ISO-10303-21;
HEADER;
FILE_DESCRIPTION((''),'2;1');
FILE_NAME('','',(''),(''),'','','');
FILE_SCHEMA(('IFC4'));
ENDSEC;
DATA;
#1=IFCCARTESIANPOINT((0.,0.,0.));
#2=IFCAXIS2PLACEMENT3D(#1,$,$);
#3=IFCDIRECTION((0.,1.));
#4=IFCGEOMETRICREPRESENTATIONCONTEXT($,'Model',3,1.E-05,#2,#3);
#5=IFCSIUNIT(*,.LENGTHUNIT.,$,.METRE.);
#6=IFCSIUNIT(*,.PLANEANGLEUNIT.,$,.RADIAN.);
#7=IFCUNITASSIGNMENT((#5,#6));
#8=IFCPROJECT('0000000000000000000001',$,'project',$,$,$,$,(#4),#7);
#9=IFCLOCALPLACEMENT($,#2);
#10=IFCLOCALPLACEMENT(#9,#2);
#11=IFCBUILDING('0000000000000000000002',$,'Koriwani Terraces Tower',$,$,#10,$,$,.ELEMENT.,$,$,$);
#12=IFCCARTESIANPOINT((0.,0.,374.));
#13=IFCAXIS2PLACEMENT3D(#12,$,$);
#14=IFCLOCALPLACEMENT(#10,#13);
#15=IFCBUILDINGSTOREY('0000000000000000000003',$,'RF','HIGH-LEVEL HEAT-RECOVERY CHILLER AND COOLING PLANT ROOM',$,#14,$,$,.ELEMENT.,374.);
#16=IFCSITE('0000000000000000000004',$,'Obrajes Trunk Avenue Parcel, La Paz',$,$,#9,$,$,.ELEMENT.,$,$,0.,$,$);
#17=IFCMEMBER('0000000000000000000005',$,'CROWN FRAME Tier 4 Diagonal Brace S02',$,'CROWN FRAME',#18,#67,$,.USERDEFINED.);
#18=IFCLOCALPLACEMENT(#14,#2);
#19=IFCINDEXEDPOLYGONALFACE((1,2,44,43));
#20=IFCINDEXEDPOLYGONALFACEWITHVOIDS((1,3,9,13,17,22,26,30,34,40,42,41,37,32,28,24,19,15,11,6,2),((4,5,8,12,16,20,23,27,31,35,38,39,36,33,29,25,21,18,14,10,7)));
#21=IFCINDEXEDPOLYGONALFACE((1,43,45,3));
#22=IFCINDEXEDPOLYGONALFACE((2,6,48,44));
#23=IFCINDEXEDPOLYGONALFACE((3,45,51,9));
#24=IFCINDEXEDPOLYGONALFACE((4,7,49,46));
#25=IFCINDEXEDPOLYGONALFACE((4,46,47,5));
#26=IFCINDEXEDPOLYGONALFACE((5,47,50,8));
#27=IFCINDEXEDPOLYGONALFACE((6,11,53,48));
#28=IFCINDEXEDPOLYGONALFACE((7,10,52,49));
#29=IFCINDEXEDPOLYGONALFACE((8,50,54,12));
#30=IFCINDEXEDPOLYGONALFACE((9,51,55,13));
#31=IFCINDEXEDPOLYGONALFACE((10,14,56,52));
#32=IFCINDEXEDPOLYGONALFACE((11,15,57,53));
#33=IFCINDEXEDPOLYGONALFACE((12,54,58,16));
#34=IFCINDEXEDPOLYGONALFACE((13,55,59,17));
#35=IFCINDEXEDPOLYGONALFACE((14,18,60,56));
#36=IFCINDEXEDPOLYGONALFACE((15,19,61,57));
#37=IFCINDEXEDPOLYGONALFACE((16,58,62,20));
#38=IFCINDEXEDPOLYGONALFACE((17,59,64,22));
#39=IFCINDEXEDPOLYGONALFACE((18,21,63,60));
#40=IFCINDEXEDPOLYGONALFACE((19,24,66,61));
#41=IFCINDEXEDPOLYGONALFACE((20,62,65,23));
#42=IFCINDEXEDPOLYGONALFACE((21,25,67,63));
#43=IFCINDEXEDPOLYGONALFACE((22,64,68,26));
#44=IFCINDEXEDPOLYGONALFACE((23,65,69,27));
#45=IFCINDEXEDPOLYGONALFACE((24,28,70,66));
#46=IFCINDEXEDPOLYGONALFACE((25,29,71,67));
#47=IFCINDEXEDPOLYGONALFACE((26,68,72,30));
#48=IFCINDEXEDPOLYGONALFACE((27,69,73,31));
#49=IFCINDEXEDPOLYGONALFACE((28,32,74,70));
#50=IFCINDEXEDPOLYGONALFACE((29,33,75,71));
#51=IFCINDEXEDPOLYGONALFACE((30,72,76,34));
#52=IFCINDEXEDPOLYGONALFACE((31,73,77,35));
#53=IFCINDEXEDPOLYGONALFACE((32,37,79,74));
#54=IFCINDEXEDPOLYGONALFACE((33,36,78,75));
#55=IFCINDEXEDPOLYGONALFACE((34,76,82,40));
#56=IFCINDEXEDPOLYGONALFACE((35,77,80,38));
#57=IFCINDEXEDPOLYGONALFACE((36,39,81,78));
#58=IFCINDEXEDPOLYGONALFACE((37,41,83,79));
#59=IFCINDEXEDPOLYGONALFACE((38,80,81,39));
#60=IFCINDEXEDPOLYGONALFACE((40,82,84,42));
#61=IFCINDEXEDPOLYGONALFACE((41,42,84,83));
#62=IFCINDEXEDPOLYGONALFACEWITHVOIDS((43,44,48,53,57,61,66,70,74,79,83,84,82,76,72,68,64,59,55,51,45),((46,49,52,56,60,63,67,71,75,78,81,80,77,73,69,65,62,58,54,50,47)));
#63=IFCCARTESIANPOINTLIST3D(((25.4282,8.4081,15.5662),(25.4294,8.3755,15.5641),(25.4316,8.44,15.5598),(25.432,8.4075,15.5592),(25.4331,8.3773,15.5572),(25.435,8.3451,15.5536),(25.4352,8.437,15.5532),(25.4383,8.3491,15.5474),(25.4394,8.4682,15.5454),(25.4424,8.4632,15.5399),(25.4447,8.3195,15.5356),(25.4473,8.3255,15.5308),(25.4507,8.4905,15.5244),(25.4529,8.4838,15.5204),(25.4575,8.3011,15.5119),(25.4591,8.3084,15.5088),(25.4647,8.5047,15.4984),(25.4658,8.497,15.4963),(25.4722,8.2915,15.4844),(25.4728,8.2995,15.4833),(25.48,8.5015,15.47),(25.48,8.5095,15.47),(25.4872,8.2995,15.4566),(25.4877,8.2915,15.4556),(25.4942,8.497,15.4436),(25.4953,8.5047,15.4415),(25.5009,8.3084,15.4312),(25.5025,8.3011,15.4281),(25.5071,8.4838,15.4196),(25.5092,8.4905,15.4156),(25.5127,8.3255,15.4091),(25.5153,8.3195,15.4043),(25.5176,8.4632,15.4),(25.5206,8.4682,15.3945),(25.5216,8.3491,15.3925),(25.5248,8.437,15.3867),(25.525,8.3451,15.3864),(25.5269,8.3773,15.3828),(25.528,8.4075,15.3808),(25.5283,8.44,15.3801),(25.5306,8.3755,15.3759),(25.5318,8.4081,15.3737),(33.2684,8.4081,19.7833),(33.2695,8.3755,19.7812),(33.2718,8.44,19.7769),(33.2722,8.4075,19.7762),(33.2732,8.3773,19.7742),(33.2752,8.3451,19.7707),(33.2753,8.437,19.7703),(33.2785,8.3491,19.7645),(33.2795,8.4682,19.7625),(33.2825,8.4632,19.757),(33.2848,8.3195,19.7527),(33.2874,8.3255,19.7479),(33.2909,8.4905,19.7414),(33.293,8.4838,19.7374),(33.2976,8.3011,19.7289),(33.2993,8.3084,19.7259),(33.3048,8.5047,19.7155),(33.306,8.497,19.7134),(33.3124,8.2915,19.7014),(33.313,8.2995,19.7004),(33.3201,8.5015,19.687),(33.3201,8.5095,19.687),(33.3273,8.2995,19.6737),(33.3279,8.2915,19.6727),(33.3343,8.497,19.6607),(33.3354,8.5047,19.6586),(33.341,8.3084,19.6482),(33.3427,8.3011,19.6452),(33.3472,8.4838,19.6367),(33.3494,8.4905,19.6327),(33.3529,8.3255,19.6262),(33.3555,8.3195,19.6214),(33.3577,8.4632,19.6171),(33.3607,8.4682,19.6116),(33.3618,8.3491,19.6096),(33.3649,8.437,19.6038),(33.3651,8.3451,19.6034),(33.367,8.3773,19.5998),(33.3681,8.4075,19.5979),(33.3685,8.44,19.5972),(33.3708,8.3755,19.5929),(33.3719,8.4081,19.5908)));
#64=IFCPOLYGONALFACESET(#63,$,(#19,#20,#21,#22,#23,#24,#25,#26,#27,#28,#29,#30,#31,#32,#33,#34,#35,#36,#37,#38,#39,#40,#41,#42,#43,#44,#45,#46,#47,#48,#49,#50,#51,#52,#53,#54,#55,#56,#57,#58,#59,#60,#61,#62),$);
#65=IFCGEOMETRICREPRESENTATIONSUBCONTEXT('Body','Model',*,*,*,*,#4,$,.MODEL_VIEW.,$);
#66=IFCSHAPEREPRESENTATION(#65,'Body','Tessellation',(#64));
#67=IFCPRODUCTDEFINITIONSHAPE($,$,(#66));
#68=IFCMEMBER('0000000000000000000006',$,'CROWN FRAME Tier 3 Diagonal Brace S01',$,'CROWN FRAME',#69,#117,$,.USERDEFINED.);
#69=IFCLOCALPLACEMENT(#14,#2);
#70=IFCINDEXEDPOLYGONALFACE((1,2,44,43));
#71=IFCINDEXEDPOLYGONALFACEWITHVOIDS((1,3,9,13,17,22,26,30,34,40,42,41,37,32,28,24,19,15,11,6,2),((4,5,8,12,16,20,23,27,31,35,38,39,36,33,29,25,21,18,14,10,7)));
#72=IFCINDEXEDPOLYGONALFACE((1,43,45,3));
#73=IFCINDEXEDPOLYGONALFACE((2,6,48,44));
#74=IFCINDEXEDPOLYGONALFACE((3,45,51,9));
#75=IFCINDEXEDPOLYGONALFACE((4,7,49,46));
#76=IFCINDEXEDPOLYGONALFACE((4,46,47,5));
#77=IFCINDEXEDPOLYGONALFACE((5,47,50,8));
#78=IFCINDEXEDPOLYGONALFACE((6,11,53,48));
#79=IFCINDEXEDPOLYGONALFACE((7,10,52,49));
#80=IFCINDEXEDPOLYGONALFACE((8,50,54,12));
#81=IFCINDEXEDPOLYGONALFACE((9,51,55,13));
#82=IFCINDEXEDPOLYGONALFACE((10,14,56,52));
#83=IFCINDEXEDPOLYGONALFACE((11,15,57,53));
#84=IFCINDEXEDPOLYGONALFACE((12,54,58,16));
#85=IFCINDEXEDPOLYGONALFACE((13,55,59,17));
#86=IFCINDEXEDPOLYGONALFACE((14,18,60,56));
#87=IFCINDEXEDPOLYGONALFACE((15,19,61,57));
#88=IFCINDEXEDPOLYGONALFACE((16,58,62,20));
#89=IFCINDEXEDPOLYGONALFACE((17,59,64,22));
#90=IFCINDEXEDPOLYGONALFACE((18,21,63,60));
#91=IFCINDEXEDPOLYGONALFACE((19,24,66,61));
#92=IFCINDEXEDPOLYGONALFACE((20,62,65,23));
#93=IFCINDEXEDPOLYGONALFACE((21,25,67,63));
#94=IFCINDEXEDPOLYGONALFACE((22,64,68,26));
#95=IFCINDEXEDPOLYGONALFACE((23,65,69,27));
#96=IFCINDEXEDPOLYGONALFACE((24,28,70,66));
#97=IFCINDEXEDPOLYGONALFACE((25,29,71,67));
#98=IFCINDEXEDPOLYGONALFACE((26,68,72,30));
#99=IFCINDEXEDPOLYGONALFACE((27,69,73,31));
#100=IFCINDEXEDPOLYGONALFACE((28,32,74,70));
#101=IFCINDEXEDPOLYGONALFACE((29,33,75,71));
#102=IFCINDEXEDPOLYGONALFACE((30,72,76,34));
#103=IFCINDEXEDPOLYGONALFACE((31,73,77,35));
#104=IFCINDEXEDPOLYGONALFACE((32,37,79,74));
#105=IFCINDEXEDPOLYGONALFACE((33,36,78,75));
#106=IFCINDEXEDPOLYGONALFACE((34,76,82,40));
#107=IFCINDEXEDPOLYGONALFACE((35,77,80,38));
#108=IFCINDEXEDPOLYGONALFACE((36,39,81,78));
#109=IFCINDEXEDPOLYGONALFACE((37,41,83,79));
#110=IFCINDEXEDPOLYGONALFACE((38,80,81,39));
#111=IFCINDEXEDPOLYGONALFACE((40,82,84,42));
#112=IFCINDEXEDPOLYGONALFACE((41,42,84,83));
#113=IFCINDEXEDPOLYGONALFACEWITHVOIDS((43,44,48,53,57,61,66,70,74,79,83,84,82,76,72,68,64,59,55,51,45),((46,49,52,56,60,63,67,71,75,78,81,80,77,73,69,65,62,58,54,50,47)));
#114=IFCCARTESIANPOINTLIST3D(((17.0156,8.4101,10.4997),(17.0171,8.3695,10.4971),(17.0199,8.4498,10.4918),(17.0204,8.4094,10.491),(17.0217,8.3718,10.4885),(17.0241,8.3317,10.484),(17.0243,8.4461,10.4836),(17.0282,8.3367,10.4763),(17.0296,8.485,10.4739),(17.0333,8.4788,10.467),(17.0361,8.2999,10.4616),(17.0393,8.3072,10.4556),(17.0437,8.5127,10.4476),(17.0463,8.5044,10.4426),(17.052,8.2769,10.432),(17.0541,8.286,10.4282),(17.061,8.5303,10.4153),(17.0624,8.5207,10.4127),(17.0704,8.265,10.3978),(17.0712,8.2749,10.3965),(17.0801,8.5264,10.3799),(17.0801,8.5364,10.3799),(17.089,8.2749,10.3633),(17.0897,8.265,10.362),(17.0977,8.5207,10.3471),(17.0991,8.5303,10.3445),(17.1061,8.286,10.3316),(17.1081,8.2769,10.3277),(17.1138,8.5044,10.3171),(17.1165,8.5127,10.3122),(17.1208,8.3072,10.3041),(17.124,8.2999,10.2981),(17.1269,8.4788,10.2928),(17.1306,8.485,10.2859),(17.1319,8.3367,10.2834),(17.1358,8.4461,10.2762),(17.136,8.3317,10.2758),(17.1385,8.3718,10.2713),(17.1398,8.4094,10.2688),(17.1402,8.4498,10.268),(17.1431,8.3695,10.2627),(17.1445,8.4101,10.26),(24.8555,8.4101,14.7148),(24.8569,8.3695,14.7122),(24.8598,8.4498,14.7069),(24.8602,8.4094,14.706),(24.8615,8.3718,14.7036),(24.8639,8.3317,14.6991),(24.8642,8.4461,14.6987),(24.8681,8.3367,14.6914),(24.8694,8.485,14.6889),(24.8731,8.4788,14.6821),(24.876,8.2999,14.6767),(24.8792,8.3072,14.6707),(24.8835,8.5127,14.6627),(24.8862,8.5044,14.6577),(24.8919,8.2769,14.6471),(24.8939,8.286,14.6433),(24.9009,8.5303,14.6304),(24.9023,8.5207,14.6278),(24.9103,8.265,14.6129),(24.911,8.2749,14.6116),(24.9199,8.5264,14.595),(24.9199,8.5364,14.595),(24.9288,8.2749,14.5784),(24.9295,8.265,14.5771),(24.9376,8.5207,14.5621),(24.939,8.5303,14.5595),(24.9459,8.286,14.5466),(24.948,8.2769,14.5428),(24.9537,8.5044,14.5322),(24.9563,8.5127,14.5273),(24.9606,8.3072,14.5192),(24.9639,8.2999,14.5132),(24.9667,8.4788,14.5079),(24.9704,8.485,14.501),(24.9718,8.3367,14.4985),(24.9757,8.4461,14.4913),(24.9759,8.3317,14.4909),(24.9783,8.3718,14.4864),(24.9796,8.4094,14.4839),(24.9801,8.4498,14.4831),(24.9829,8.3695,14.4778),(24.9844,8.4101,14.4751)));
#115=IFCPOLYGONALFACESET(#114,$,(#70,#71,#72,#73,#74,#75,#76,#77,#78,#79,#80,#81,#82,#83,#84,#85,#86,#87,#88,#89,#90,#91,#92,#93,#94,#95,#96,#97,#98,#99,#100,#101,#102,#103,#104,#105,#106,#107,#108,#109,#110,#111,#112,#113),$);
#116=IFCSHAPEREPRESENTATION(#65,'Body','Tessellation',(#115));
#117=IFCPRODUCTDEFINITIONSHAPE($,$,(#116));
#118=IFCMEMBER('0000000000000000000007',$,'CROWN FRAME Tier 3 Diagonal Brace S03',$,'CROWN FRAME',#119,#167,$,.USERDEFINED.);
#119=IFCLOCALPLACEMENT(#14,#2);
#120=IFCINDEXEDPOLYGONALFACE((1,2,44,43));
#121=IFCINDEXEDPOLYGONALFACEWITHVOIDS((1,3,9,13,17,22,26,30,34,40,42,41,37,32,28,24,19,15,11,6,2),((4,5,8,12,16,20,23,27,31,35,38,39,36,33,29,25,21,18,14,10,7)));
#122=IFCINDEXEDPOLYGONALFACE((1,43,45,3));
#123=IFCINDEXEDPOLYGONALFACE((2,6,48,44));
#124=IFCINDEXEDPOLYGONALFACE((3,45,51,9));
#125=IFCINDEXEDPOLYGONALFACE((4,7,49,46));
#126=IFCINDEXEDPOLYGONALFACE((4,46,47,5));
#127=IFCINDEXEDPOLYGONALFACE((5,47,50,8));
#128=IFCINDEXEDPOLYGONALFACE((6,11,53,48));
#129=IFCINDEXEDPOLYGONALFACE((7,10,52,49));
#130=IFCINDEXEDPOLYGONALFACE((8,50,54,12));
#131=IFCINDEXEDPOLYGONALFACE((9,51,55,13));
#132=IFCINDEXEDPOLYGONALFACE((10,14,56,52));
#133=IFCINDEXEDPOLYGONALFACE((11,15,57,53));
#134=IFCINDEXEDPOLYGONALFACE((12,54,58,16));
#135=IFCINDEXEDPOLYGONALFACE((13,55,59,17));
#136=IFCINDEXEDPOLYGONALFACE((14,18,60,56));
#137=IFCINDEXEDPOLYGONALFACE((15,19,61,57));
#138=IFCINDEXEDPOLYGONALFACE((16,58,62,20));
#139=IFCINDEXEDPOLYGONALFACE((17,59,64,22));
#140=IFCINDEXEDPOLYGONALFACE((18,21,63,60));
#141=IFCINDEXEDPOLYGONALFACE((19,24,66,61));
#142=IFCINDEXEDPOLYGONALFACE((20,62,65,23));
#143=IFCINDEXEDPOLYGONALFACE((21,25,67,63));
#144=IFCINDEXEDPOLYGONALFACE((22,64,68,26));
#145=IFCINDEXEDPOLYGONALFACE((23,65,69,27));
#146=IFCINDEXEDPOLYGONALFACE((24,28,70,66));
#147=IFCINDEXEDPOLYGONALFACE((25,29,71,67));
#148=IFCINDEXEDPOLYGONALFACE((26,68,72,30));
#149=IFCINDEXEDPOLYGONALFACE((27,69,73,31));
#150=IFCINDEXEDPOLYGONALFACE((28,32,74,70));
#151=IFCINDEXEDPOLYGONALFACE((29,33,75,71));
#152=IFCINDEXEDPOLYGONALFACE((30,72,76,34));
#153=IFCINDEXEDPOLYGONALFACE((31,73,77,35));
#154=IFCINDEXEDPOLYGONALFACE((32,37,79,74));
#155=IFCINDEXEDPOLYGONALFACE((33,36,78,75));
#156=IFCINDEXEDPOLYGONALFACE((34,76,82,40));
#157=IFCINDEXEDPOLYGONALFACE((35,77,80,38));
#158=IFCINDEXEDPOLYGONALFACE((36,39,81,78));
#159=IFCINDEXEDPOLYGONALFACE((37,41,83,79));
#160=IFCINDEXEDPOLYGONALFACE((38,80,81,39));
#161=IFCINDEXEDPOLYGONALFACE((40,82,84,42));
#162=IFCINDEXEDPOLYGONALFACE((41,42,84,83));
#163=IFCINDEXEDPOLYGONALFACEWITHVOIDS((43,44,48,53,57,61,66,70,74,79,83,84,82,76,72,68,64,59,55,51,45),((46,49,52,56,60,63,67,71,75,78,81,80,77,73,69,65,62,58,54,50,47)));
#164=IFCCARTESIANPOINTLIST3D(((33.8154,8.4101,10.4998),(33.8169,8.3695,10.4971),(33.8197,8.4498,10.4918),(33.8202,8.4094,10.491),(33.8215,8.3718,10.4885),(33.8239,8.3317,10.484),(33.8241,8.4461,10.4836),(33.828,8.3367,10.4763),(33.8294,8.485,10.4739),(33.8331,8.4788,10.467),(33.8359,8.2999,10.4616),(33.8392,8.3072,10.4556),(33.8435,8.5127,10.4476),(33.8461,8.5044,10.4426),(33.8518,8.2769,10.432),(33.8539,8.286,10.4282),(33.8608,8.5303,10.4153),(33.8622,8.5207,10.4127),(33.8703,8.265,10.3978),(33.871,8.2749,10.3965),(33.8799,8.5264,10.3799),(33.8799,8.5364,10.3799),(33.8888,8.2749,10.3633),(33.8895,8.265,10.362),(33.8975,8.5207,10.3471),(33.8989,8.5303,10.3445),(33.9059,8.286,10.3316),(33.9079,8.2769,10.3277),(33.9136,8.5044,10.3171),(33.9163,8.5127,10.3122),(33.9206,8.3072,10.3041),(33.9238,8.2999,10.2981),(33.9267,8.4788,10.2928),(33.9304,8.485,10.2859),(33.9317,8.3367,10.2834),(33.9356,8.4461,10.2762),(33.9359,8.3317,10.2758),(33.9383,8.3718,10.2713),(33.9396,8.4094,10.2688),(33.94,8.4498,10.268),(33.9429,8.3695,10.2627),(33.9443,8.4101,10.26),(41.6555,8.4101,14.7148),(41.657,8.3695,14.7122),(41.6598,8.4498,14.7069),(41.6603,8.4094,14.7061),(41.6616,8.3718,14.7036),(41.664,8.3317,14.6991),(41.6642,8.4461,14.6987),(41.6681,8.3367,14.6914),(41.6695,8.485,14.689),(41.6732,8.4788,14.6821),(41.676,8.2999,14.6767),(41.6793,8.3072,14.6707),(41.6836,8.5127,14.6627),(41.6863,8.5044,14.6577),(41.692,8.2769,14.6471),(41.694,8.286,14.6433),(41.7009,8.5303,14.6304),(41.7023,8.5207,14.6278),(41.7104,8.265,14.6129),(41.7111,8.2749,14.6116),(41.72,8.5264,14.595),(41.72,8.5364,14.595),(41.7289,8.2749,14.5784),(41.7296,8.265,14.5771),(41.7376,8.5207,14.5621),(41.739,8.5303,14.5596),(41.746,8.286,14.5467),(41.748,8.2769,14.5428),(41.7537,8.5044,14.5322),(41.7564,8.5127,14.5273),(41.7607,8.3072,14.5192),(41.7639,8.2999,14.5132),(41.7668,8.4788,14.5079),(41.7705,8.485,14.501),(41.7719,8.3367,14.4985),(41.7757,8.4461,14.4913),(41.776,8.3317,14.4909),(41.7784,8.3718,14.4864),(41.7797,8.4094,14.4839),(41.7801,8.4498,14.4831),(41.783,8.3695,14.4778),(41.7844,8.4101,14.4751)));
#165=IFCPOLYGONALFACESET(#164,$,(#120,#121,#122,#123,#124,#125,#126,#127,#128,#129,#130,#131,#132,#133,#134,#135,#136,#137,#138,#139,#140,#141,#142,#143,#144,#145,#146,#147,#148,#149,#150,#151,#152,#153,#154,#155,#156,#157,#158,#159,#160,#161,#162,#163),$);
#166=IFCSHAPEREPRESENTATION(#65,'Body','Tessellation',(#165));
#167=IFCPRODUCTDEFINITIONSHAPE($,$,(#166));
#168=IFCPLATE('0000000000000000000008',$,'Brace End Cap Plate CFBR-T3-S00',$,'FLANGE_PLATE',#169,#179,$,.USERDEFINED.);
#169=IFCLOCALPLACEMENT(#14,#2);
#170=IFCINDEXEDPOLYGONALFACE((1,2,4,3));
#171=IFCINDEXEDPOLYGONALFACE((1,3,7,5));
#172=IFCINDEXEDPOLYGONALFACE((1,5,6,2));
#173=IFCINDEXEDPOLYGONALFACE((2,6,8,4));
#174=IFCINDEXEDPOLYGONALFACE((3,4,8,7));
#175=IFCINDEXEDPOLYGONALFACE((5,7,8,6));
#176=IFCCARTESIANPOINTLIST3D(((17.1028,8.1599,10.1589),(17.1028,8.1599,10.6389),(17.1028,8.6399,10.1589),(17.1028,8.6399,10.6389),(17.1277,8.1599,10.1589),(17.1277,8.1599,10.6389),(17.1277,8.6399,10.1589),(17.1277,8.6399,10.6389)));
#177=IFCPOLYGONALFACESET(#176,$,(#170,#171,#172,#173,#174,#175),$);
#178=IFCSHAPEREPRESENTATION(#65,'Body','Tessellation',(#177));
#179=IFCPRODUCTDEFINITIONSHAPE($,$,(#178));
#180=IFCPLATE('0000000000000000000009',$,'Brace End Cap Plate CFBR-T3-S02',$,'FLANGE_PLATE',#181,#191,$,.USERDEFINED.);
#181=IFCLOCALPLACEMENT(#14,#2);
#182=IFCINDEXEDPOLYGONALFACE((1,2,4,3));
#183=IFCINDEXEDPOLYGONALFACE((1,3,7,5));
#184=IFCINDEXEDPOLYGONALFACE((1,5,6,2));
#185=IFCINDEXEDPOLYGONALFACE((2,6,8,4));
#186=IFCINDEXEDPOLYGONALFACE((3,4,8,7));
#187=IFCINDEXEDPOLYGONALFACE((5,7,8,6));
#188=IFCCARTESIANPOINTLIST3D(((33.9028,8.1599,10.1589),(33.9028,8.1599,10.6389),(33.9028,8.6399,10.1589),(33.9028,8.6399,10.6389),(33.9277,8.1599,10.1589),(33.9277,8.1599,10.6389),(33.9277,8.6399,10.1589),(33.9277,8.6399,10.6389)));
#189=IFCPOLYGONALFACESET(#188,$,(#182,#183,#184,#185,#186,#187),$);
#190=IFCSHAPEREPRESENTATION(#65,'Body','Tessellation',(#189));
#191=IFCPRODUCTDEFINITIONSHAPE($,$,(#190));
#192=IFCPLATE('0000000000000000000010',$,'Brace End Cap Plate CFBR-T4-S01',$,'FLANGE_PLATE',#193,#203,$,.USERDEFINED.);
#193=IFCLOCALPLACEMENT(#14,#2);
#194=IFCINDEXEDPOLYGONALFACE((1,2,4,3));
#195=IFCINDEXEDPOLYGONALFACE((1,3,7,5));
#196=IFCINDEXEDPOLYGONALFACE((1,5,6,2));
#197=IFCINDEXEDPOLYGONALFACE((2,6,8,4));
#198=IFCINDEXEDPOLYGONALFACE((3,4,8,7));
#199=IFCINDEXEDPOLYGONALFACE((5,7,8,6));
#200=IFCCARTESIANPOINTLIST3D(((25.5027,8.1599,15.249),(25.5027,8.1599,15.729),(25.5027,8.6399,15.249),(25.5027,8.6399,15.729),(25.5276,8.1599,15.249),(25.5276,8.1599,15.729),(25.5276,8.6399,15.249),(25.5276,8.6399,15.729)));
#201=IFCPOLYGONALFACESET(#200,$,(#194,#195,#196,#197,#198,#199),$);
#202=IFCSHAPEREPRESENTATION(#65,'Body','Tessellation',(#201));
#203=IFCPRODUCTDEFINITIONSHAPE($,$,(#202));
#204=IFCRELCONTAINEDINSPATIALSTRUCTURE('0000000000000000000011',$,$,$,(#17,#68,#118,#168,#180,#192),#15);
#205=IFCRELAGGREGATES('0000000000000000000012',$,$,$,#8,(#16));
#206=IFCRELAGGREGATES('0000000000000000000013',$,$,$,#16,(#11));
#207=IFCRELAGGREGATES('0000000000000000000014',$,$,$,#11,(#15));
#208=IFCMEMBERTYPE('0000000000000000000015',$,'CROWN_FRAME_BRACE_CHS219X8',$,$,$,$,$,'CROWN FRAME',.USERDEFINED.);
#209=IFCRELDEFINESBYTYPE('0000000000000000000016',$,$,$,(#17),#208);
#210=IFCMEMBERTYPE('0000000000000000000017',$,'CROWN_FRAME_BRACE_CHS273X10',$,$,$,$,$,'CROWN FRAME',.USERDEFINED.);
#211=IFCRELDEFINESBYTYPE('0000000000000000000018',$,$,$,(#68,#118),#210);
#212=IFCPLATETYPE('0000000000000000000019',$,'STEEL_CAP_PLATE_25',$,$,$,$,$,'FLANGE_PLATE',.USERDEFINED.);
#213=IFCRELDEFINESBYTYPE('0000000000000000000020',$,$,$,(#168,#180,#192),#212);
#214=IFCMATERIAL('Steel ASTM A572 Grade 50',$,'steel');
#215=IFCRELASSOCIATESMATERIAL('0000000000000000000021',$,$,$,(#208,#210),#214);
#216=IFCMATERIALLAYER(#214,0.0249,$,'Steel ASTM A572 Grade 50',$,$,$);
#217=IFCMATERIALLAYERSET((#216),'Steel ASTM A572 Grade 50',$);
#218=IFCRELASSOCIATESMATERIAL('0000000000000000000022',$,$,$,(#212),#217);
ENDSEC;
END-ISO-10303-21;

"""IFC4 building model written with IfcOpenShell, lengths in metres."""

from ifc_helpers import new_model, si_unit, direction, frame, origin, origin_2d, place, context, subcontext, project, spatial, rectangle, hollow_circle, extrude, material, layer, layer_set, material_profile, profile_set, type_object, element, save


model = new_model("IFC4")

# Units and contexts
model_context = context("Model", 3, precision=1e-05, world=origin(), true_north=direction((0.0, 1.0)))
body_context = subcontext(model_context, "Body", "Model", "MODEL_VIEW")
ifc_project = project(units=[si_unit("LENGTHUNIT", "METRE"), si_unit("PLANEANGLEUNIT", "RADIAN")], contexts=[model_context])

# Site, building, storey
site_placement = place(None, origin())
site = spatial("IfcSite", under=ifc_project, at=site_placement, Name="Obrajes Trunk Avenue Parcel, La Paz", CompositionType="ELEMENT", RefElevation=0.0)
building_placement = place(site_placement, origin())
building = spatial("IfcBuilding", under=site, at=building_placement, Name="Koriwani Terraces Tower", CompositionType="ELEMENT")
storey_placement = place(building_placement, frame((0.0, 0.0, 374.0)))
storey = spatial("IfcBuildingStorey", under=building, at=storey_placement, Name="RF", Description="HIGH-LEVEL HEAT-RECOVERY CHILLER AND COOLING PLANT ROOM", CompositionType="ELEMENT", Elevation=374.0)

# Shared definitions
ifc_material_1 = material(Name="Steel ASTM A572 Grade 50", Category="steel")

# Members
ifc_material_profile_1 = material_profile(ifc_material_1, hollow_circle(Radius=0.1096, WallThickness=0.0081, at=origin_2d()), Name="Steel ASTM A572 Grade 50", Category="LoadBearing")
ifc_profile_set_1 = profile_set([ifc_material_profile_1], Name="Steel ASTM A572 Grade 50")
member_type_1 = type_object("IfcMemberType", Name="CROWN_FRAME_BRACE_CHS219X8", ElementType="CROWN FRAME", PredefinedType="USERDEFINED", material=ifc_profile_set_1)
member_1_placement = place(storey_placement, frame((25.48, 8.3999, 15.47), z_axis=(0.880684, 0.0, 0.473704), x_axis=(0.0, 1.0, 0.0)))
element("IfcMember", 1, at=member_1_placement, inside=storey, type_object=member_type_1, Name="CROWN FRAME Tier 4 Diagonal Brace S02", ObjectType="CROWN FRAME", PredefinedType="USERDEFINED", context=body_context, shape_type="SweptSolid", body=[
    extrude(hollow_circle(Radius=0.1096, WallThickness=0.0081, at=origin_2d()), origin(), (0.0, 0.0, 1.0), 8.9023),
])
ifc_material_profile_2 = material_profile(ifc_material_1, hollow_circle(Radius=0.1365, WallThickness=0.01, at=origin_2d()), Name="Steel ASTM A572 Grade 50", Category="LoadBearing")
ifc_profile_set_2 = profile_set([ifc_material_profile_2], Name="Steel ASTM A572 Grade 50")
member_type_2 = type_object("IfcMemberType", Name="CROWN_FRAME_BRACE_CHS273X10", ElementType="CROWN FRAME", PredefinedType="USERDEFINED", material=ifc_profile_set_2)
member_2_placement = place(storey_placement, frame((17.0801, 8.3999, 10.3799), z_axis=(0.880769, 0.0, 0.473545), x_axis=(0.0, 1.0, 0.0)))
element("IfcMember", 2, at=member_2_placement, inside=storey, type_object=member_type_2, Name="CROWN FRAME Tier 3 Diagonal Brace S01", ObjectType="CROWN FRAME", PredefinedType="USERDEFINED", context=body_context, shape_type="SweptSolid", body=[
    extrude(hollow_circle(Radius=0.1365, WallThickness=0.01, at=origin_2d()), origin(), (0.0, 0.0, 1.0), 8.9011),
])
member_3_placement = place(storey_placement, frame((33.8799, 8.3999, 10.3799), z_axis=(0.880776, 0.0, 0.473534), x_axis=(0.0, 1.0, 0.0)))
element("IfcMember", 3, at=member_3_placement, inside=storey, type_object=member_type_2, Name="CROWN FRAME Tier 3 Diagonal Brace S03", ObjectType="CROWN FRAME", PredefinedType="USERDEFINED", context=body_context, shape_type="SweptSolid", body=[
    extrude(hollow_circle(Radius=0.1365, WallThickness=0.01, at=origin_2d()), origin(), (0.0, 0.0, 1.0), 8.9014),
])

# Plates
ifc_layer_1 = layer(ifc_material_1, 0.0249, Name="Steel ASTM A572 Grade 50")
ifc_layer_set_1 = layer_set([ifc_layer_1], Name="Steel ASTM A572 Grade 50")
plate_type_1 = type_object("IfcPlateType", Name="STEEL_CAP_PLATE_25", ElementType="FLANGE_PLATE", PredefinedType="USERDEFINED", material=ifc_layer_set_1)
for number, where, z_axis, x_axis, name in (
    (4, (17.1152, 8.3999, 10.1589), (0.0, 0.0, 1.0), (1.0, 0.0, 0.0), "Brace End Cap Plate CFBR-T3-S00"),
    (5, (33.9153, 8.3999, 10.1589), (0.0, 0.0, 1.0), (1.0, 0.0, 0.0), "Brace End Cap Plate CFBR-T3-S02"),
    (6, (25.5151, 8.3999, 15.249), (0.0, 0.0, 1.0), (1.0, 0.0, 0.0), "Brace End Cap Plate CFBR-T4-S01"),
):
    element("IfcPlate", number, at=place(storey_placement, frame(where, z_axis=z_axis, x_axis=x_axis)), inside=storey, type_object=plate_type_1, Name=name, ObjectType="FLANGE_PLATE", PredefinedType="USERDEFINED", context=body_context, shape_type="SweptSolid", body=[
        extrude(rectangle(XDim=0.0249, YDim=0.48, at=origin_2d()), origin(), (0.0, 0.0, 1.0), 0.48),
    ])

save(model, "model.ifc")
